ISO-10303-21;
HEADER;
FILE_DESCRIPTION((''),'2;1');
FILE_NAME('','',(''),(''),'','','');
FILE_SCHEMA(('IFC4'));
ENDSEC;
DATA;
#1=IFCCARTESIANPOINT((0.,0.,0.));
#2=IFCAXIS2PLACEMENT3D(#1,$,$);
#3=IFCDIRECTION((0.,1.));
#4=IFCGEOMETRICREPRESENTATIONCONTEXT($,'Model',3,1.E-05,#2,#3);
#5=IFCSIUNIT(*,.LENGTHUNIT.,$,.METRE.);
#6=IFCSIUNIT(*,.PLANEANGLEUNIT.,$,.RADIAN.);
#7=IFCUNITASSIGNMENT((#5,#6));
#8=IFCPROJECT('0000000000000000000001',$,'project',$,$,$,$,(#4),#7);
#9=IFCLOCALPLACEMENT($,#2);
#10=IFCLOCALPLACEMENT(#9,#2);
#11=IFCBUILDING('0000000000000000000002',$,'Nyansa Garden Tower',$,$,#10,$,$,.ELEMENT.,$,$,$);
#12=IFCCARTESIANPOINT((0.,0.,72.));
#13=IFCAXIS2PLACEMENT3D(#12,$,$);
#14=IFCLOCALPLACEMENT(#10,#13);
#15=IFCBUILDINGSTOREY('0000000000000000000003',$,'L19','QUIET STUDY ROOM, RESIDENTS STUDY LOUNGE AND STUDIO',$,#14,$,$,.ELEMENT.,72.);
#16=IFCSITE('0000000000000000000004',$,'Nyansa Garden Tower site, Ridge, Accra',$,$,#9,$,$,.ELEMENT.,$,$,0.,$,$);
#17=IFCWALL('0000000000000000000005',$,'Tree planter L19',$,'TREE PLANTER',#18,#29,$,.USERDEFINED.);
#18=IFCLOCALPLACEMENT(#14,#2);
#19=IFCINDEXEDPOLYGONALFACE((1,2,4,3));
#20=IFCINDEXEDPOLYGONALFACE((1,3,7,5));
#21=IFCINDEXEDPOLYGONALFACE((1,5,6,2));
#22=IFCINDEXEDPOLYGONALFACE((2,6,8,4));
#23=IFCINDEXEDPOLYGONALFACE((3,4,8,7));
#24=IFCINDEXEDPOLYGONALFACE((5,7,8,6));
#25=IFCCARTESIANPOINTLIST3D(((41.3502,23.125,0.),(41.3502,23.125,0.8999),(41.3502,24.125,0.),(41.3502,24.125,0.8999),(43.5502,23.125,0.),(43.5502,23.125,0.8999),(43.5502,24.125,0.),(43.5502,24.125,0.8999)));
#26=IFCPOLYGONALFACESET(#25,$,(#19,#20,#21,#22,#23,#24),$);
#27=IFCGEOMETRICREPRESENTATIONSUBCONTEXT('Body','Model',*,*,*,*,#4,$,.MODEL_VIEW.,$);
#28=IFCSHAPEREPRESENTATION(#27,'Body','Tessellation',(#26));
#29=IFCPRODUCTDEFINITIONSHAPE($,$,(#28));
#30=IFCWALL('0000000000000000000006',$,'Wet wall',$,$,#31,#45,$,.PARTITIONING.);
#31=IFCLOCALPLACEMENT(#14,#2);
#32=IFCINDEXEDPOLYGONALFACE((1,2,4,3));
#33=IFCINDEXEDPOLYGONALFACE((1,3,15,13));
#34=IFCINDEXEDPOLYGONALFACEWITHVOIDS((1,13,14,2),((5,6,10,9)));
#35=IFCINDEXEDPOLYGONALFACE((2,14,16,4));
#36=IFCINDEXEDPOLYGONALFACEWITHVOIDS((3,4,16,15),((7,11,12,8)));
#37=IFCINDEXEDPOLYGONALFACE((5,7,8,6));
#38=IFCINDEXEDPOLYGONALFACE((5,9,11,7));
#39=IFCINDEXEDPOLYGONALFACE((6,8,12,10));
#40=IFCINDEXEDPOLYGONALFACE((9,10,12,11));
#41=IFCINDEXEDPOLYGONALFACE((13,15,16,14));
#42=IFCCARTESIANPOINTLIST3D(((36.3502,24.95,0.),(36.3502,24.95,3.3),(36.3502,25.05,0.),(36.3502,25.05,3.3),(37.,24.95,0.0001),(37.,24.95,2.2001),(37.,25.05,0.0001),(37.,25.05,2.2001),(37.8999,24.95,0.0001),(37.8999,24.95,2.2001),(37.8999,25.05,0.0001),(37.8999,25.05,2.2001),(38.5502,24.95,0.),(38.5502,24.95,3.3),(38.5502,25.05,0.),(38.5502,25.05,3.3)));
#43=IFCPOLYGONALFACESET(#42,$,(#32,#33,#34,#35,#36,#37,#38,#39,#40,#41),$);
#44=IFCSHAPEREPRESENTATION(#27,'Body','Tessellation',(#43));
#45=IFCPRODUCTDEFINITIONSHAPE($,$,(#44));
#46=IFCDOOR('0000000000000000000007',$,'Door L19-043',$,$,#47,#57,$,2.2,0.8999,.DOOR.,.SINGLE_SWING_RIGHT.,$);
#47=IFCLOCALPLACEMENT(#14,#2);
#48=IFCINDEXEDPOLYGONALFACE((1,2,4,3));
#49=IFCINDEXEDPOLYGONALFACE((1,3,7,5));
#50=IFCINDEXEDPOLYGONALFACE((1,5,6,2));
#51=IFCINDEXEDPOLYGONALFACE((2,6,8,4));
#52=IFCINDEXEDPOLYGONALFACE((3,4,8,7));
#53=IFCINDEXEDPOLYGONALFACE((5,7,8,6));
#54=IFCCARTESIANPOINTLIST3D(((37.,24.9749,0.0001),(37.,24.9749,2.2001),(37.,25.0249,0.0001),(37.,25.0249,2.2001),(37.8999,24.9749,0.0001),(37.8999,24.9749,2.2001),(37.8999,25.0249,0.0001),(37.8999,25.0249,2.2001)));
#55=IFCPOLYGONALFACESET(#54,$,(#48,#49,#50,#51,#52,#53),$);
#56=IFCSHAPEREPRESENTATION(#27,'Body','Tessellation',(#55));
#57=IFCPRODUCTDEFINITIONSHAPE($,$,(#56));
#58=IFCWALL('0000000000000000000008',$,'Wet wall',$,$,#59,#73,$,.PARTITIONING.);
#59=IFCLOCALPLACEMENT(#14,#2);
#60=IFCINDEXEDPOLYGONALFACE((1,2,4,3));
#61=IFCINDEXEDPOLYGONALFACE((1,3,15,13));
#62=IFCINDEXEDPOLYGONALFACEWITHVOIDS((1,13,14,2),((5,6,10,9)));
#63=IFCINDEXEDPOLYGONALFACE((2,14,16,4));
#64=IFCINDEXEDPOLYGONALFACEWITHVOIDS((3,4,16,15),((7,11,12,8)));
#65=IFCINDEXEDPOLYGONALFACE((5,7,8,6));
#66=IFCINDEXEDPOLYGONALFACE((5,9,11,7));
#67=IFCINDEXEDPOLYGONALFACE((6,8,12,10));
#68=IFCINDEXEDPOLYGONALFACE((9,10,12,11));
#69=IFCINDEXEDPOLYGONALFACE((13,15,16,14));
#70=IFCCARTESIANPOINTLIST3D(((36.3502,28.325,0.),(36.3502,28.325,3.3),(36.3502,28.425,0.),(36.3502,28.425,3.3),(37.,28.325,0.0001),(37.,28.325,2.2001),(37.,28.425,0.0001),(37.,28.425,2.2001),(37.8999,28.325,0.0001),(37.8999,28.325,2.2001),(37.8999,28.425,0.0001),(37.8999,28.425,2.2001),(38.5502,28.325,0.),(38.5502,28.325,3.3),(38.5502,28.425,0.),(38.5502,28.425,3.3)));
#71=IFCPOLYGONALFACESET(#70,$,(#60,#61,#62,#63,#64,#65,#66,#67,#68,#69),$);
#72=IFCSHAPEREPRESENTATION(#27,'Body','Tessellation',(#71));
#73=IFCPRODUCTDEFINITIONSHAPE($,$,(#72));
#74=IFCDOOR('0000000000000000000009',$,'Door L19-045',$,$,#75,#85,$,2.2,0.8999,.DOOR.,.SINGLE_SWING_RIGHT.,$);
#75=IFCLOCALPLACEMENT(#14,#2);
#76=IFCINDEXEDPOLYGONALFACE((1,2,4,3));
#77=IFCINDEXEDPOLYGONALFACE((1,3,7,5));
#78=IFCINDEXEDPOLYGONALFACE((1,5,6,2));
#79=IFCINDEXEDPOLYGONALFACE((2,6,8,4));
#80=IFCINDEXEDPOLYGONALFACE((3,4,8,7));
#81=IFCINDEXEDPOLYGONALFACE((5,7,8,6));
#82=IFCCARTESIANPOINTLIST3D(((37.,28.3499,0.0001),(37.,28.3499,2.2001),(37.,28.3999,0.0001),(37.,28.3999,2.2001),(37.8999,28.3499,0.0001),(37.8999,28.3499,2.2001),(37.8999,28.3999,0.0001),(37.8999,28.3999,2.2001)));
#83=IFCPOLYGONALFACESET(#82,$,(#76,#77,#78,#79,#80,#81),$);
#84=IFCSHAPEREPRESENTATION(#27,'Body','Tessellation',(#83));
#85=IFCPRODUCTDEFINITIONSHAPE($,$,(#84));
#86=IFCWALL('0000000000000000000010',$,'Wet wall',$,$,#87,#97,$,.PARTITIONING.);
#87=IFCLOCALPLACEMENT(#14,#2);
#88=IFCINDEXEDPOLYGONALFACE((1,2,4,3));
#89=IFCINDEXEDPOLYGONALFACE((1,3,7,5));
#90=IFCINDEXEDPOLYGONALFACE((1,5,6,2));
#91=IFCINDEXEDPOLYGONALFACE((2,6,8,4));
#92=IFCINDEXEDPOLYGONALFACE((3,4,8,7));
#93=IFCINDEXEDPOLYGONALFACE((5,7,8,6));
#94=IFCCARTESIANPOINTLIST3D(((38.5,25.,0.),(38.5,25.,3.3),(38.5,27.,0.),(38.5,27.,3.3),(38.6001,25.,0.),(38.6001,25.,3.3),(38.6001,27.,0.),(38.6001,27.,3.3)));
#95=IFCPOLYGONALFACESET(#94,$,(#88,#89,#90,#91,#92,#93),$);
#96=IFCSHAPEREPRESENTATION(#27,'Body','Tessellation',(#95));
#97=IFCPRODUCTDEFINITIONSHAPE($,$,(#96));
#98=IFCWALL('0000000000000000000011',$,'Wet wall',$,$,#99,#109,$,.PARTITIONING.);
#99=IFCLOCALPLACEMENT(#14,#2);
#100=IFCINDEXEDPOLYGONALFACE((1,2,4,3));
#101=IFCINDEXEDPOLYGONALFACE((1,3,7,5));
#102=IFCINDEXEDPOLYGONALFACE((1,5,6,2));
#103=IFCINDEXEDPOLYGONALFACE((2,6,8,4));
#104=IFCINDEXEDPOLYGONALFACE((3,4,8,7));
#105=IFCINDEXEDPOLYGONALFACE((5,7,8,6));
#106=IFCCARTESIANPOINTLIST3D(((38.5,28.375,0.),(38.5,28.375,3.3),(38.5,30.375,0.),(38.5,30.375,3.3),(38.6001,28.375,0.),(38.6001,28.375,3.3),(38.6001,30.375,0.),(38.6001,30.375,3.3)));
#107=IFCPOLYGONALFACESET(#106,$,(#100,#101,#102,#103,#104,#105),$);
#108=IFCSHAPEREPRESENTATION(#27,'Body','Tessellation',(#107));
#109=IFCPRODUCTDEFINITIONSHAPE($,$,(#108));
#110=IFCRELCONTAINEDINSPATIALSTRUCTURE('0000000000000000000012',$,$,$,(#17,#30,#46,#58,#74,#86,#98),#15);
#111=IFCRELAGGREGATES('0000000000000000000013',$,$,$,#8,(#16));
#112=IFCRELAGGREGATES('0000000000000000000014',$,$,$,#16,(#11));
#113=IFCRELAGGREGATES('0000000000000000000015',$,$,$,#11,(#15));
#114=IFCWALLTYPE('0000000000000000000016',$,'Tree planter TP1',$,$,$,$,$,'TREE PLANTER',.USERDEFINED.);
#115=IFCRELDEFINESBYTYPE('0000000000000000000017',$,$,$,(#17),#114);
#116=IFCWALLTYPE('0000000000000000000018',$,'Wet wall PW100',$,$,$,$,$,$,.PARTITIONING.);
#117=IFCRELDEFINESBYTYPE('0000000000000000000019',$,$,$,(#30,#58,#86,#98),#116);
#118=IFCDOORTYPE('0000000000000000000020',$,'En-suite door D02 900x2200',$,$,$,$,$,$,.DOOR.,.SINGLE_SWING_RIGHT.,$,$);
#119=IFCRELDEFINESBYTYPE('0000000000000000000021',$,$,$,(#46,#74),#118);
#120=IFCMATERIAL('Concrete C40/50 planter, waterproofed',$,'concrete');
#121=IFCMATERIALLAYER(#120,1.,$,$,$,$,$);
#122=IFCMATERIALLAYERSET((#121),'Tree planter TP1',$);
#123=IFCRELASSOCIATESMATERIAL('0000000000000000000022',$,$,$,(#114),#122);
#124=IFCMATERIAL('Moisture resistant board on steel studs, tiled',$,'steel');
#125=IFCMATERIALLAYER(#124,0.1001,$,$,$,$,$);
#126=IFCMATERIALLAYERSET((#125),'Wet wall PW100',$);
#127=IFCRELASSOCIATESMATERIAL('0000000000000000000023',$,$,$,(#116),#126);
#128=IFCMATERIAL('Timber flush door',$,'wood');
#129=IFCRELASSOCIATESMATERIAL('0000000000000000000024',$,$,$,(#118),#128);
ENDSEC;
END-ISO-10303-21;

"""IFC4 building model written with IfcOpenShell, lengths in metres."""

from ifc_helpers import new_model, si_unit, direction, frame, frame_2d, origin, place, context, subcontext, project, spatial, rectangle, extrude, material, layer, layer_set, type_object, element, fill, save


model = new_model("IFC4")

# Units and contexts
model_context = context("Model", 3, precision=1e-05, world=origin(), true_north=direction((0.0, 1.0)))
body_context = subcontext(model_context, "Body", "Model", "MODEL_VIEW")
ifc_project = project(units=[si_unit("LENGTHUNIT", "METRE"), si_unit("PLANEANGLEUNIT", "RADIAN")], contexts=[model_context])

# Site, building, storey
site_placement = place(None, origin())
site = spatial("IfcSite", under=ifc_project, at=site_placement, Name="Nyansa Garden Tower site, Ridge, Accra", CompositionType="ELEMENT", RefElevation=0.0)
building_placement = place(site_placement, origin())
building = spatial("IfcBuilding", under=site, at=building_placement, Name="Nyansa Garden Tower", CompositionType="ELEMENT")
storey_placement = place(building_placement, frame((0.0, 0.0, 72.0)))
storey = spatial("IfcBuildingStorey", under=building, at=storey_placement, Name="L19", Description="QUIET STUDY ROOM, RESIDENTS STUDY LOUNGE AND STUDIO", CompositionType="ELEMENT", Elevation=72.0)

# Wall
ifc_material_1 = material(Name="Concrete C40/50 planter, waterproofed", Category="concrete")
ifc_layer_1 = layer(ifc_material_1, 1.0)
ifc_layer_set_1 = layer_set([ifc_layer_1], Name="Tree planter TP1")
wall_type_1 = type_object("IfcWallType", Name="Tree planter TP1", ElementType="TREE PLANTER", PredefinedType="USERDEFINED", material=ifc_layer_set_1)
wall_1_placement = place(storey_placement, frame((41.3501, 23.625, 0.0), z_axis=(0.0, 0.0, 1.0), x_axis=(1.0, 0.0, 0.0)))
element("IfcWall", 1, at=wall_1_placement, inside=storey, type_object=wall_type_1, Name="Tree planter L19", ObjectType="TREE PLANTER", PredefinedType="USERDEFINED", context=body_context, shape_type="SweptSolid", body=[
    extrude(rectangle(XDim=2.2, YDim=1.0, at=frame_2d((1.1001, 0.0))), origin(), (0.0, 0.0, 1.0), 0.8999),
])

# Walls, openings, doors
ifc_material_2 = material(Name="Moisture resistant board on steel studs, tiled", Category="steel")
ifc_layer_2 = layer(ifc_material_2, 0.1001)
ifc_layer_set_2 = layer_set([ifc_layer_2], Name="Wet wall PW100")
wall_type_2 = type_object("IfcWallType", Name="Wet wall PW100", PredefinedType="PARTITIONING", material=ifc_layer_set_2)
wall_2_placement = place(storey_placement, frame((36.3501, 25.0, 0.0), z_axis=(0.0, 0.0, 1.0), x_axis=(1.0, 0.0, 0.0)))
wall_2 = element("IfcWall", 2, at=wall_2_placement, inside=storey, type_object=wall_type_2, Name="Wet wall", PredefinedType="PARTITIONING", context=body_context, shape_type="SweptSolid", body=[
    extrude(rectangle(XDim=2.2, YDim=0.1001, at=frame_2d((1.1001, 0.0))), origin(), (0.0, 0.0, 1.0), 3.3),
])
opening_1_placement = place(wall_2_placement, frame((0.6499, 0.0, 0.0)))
opening_1 = element("IfcOpeningElement", 3, at=opening_1_placement, cuts=wall_2, PredefinedType="OPENING", context=body_context, shape_type="SweptSolid", body=[
    extrude(rectangle(XDim=0.8999, YDim=2.2, at=frame_2d((0.45, 1.1001))), frame((0.0, 0.0601, 0.0), z_axis=(0.0, -1.0, 0.0), x_axis=(1.0, 0.0, 0.0)), (0.0, 0.0, 1.0), 0.1201),
])
ifc_material_3 = material(Name="Timber flush door", Category="wood")
door_type_1 = type_object("IfcDoorType", Name="En-suite door D02 900x2200", OperationType="SINGLE_SWING_RIGHT", PredefinedType="DOOR", material=ifc_material_3)
door_1_placement = place(opening_1_placement, origin())
door_1 = element("IfcDoor", 4, at=door_1_placement, inside=storey, type_object=door_type_1, Name="Door L19-043", OperationType="SINGLE_SWING_RIGHT", OverallHeight=2.2, OverallWidth=0.8999, PredefinedType="DOOR", context=body_context, shape_type="SweptSolid", body=[
    extrude(rectangle(XDim=0.8999, YDim=2.2, at=frame_2d((0.45, 1.1001))), frame((0.0, 0.0249, 0.0), z_axis=(0.0, -1.0, 0.0), x_axis=(1.0, 0.0, 0.0)), (0.0, 0.0, 1.0), 0.05),
])
fill(opening_1, door_1)
wall_3_placement = place(storey_placement, frame((36.3501, 28.375, 0.0), z_axis=(0.0, 0.0, 1.0), x_axis=(1.0, 0.0, 0.0)))
wall_3 = element("IfcWall", 5, at=wall_3_placement, inside=storey, type_object=wall_type_2, Name="Wet wall", PredefinedType="PARTITIONING", context=body_context, shape_type="SweptSolid", body=[
    extrude(rectangle(XDim=2.2, YDim=0.1001, at=frame_2d((1.1001, 0.0))), origin(), (0.0, 0.0, 1.0), 3.3),
])
opening_2_placement = place(wall_3_placement, frame((0.6499, 0.0, 0.0)))
opening_2 = element("IfcOpeningElement", 6, at=opening_2_placement, cuts=wall_3, PredefinedType="OPENING", context=body_context, shape_type="SweptSolid", body=[
    extrude(rectangle(XDim=0.8999, YDim=2.2, at=frame_2d((0.45, 1.1001))), frame((0.0, 0.0601, 0.0), z_axis=(0.0, -1.0, 0.0), x_axis=(1.0, 0.0, 0.0)), (0.0, 0.0, 1.0), 0.1201),
])
door_2_placement = place(opening_2_placement, origin())
door_2 = element("IfcDoor", 7, at=door_2_placement, inside=storey, type_object=door_type_1, Name="Door L19-045", OperationType="SINGLE_SWING_RIGHT", OverallHeight=2.2, OverallWidth=0.8999, PredefinedType="DOOR", context=body_context, shape_type="SweptSolid", body=[
    extrude(rectangle(XDim=0.8999, YDim=2.2, at=frame_2d((0.45, 1.1001))), frame((0.0, 0.0249, 0.0), z_axis=(0.0, -1.0, 0.0), x_axis=(1.0, 0.0, 0.0)), (0.0, 0.0, 1.0), 0.05),
])
fill(opening_2, door_2)

# Walls
for number, where, z_axis, x_axis, name in (
    (8, (38.55, 25.0, 0.0), (0.0, 0.0, 1.0), (0.0, 1.0, 0.0), "Wet wall"),
    (9, (38.55, 28.375, 0.0), (0.0, 0.0, 1.0), (0.0, 1.0, 0.0), "Wet wall"),
):
    element("IfcWall", number, at=place(storey_placement, frame(where, z_axis=z_axis, x_axis=x_axis)), inside=storey, type_object=wall_type_2, Name=name, PredefinedType="PARTITIONING", context=body_context, shape_type="SweptSolid", body=[
        extrude(rectangle(XDim=2.0, YDim=0.1001, at=frame_2d((1.0, 0.0))), origin(), (0.0, 0.0, 1.0), 3.3),
    ])

save(model, "model.ifc")
